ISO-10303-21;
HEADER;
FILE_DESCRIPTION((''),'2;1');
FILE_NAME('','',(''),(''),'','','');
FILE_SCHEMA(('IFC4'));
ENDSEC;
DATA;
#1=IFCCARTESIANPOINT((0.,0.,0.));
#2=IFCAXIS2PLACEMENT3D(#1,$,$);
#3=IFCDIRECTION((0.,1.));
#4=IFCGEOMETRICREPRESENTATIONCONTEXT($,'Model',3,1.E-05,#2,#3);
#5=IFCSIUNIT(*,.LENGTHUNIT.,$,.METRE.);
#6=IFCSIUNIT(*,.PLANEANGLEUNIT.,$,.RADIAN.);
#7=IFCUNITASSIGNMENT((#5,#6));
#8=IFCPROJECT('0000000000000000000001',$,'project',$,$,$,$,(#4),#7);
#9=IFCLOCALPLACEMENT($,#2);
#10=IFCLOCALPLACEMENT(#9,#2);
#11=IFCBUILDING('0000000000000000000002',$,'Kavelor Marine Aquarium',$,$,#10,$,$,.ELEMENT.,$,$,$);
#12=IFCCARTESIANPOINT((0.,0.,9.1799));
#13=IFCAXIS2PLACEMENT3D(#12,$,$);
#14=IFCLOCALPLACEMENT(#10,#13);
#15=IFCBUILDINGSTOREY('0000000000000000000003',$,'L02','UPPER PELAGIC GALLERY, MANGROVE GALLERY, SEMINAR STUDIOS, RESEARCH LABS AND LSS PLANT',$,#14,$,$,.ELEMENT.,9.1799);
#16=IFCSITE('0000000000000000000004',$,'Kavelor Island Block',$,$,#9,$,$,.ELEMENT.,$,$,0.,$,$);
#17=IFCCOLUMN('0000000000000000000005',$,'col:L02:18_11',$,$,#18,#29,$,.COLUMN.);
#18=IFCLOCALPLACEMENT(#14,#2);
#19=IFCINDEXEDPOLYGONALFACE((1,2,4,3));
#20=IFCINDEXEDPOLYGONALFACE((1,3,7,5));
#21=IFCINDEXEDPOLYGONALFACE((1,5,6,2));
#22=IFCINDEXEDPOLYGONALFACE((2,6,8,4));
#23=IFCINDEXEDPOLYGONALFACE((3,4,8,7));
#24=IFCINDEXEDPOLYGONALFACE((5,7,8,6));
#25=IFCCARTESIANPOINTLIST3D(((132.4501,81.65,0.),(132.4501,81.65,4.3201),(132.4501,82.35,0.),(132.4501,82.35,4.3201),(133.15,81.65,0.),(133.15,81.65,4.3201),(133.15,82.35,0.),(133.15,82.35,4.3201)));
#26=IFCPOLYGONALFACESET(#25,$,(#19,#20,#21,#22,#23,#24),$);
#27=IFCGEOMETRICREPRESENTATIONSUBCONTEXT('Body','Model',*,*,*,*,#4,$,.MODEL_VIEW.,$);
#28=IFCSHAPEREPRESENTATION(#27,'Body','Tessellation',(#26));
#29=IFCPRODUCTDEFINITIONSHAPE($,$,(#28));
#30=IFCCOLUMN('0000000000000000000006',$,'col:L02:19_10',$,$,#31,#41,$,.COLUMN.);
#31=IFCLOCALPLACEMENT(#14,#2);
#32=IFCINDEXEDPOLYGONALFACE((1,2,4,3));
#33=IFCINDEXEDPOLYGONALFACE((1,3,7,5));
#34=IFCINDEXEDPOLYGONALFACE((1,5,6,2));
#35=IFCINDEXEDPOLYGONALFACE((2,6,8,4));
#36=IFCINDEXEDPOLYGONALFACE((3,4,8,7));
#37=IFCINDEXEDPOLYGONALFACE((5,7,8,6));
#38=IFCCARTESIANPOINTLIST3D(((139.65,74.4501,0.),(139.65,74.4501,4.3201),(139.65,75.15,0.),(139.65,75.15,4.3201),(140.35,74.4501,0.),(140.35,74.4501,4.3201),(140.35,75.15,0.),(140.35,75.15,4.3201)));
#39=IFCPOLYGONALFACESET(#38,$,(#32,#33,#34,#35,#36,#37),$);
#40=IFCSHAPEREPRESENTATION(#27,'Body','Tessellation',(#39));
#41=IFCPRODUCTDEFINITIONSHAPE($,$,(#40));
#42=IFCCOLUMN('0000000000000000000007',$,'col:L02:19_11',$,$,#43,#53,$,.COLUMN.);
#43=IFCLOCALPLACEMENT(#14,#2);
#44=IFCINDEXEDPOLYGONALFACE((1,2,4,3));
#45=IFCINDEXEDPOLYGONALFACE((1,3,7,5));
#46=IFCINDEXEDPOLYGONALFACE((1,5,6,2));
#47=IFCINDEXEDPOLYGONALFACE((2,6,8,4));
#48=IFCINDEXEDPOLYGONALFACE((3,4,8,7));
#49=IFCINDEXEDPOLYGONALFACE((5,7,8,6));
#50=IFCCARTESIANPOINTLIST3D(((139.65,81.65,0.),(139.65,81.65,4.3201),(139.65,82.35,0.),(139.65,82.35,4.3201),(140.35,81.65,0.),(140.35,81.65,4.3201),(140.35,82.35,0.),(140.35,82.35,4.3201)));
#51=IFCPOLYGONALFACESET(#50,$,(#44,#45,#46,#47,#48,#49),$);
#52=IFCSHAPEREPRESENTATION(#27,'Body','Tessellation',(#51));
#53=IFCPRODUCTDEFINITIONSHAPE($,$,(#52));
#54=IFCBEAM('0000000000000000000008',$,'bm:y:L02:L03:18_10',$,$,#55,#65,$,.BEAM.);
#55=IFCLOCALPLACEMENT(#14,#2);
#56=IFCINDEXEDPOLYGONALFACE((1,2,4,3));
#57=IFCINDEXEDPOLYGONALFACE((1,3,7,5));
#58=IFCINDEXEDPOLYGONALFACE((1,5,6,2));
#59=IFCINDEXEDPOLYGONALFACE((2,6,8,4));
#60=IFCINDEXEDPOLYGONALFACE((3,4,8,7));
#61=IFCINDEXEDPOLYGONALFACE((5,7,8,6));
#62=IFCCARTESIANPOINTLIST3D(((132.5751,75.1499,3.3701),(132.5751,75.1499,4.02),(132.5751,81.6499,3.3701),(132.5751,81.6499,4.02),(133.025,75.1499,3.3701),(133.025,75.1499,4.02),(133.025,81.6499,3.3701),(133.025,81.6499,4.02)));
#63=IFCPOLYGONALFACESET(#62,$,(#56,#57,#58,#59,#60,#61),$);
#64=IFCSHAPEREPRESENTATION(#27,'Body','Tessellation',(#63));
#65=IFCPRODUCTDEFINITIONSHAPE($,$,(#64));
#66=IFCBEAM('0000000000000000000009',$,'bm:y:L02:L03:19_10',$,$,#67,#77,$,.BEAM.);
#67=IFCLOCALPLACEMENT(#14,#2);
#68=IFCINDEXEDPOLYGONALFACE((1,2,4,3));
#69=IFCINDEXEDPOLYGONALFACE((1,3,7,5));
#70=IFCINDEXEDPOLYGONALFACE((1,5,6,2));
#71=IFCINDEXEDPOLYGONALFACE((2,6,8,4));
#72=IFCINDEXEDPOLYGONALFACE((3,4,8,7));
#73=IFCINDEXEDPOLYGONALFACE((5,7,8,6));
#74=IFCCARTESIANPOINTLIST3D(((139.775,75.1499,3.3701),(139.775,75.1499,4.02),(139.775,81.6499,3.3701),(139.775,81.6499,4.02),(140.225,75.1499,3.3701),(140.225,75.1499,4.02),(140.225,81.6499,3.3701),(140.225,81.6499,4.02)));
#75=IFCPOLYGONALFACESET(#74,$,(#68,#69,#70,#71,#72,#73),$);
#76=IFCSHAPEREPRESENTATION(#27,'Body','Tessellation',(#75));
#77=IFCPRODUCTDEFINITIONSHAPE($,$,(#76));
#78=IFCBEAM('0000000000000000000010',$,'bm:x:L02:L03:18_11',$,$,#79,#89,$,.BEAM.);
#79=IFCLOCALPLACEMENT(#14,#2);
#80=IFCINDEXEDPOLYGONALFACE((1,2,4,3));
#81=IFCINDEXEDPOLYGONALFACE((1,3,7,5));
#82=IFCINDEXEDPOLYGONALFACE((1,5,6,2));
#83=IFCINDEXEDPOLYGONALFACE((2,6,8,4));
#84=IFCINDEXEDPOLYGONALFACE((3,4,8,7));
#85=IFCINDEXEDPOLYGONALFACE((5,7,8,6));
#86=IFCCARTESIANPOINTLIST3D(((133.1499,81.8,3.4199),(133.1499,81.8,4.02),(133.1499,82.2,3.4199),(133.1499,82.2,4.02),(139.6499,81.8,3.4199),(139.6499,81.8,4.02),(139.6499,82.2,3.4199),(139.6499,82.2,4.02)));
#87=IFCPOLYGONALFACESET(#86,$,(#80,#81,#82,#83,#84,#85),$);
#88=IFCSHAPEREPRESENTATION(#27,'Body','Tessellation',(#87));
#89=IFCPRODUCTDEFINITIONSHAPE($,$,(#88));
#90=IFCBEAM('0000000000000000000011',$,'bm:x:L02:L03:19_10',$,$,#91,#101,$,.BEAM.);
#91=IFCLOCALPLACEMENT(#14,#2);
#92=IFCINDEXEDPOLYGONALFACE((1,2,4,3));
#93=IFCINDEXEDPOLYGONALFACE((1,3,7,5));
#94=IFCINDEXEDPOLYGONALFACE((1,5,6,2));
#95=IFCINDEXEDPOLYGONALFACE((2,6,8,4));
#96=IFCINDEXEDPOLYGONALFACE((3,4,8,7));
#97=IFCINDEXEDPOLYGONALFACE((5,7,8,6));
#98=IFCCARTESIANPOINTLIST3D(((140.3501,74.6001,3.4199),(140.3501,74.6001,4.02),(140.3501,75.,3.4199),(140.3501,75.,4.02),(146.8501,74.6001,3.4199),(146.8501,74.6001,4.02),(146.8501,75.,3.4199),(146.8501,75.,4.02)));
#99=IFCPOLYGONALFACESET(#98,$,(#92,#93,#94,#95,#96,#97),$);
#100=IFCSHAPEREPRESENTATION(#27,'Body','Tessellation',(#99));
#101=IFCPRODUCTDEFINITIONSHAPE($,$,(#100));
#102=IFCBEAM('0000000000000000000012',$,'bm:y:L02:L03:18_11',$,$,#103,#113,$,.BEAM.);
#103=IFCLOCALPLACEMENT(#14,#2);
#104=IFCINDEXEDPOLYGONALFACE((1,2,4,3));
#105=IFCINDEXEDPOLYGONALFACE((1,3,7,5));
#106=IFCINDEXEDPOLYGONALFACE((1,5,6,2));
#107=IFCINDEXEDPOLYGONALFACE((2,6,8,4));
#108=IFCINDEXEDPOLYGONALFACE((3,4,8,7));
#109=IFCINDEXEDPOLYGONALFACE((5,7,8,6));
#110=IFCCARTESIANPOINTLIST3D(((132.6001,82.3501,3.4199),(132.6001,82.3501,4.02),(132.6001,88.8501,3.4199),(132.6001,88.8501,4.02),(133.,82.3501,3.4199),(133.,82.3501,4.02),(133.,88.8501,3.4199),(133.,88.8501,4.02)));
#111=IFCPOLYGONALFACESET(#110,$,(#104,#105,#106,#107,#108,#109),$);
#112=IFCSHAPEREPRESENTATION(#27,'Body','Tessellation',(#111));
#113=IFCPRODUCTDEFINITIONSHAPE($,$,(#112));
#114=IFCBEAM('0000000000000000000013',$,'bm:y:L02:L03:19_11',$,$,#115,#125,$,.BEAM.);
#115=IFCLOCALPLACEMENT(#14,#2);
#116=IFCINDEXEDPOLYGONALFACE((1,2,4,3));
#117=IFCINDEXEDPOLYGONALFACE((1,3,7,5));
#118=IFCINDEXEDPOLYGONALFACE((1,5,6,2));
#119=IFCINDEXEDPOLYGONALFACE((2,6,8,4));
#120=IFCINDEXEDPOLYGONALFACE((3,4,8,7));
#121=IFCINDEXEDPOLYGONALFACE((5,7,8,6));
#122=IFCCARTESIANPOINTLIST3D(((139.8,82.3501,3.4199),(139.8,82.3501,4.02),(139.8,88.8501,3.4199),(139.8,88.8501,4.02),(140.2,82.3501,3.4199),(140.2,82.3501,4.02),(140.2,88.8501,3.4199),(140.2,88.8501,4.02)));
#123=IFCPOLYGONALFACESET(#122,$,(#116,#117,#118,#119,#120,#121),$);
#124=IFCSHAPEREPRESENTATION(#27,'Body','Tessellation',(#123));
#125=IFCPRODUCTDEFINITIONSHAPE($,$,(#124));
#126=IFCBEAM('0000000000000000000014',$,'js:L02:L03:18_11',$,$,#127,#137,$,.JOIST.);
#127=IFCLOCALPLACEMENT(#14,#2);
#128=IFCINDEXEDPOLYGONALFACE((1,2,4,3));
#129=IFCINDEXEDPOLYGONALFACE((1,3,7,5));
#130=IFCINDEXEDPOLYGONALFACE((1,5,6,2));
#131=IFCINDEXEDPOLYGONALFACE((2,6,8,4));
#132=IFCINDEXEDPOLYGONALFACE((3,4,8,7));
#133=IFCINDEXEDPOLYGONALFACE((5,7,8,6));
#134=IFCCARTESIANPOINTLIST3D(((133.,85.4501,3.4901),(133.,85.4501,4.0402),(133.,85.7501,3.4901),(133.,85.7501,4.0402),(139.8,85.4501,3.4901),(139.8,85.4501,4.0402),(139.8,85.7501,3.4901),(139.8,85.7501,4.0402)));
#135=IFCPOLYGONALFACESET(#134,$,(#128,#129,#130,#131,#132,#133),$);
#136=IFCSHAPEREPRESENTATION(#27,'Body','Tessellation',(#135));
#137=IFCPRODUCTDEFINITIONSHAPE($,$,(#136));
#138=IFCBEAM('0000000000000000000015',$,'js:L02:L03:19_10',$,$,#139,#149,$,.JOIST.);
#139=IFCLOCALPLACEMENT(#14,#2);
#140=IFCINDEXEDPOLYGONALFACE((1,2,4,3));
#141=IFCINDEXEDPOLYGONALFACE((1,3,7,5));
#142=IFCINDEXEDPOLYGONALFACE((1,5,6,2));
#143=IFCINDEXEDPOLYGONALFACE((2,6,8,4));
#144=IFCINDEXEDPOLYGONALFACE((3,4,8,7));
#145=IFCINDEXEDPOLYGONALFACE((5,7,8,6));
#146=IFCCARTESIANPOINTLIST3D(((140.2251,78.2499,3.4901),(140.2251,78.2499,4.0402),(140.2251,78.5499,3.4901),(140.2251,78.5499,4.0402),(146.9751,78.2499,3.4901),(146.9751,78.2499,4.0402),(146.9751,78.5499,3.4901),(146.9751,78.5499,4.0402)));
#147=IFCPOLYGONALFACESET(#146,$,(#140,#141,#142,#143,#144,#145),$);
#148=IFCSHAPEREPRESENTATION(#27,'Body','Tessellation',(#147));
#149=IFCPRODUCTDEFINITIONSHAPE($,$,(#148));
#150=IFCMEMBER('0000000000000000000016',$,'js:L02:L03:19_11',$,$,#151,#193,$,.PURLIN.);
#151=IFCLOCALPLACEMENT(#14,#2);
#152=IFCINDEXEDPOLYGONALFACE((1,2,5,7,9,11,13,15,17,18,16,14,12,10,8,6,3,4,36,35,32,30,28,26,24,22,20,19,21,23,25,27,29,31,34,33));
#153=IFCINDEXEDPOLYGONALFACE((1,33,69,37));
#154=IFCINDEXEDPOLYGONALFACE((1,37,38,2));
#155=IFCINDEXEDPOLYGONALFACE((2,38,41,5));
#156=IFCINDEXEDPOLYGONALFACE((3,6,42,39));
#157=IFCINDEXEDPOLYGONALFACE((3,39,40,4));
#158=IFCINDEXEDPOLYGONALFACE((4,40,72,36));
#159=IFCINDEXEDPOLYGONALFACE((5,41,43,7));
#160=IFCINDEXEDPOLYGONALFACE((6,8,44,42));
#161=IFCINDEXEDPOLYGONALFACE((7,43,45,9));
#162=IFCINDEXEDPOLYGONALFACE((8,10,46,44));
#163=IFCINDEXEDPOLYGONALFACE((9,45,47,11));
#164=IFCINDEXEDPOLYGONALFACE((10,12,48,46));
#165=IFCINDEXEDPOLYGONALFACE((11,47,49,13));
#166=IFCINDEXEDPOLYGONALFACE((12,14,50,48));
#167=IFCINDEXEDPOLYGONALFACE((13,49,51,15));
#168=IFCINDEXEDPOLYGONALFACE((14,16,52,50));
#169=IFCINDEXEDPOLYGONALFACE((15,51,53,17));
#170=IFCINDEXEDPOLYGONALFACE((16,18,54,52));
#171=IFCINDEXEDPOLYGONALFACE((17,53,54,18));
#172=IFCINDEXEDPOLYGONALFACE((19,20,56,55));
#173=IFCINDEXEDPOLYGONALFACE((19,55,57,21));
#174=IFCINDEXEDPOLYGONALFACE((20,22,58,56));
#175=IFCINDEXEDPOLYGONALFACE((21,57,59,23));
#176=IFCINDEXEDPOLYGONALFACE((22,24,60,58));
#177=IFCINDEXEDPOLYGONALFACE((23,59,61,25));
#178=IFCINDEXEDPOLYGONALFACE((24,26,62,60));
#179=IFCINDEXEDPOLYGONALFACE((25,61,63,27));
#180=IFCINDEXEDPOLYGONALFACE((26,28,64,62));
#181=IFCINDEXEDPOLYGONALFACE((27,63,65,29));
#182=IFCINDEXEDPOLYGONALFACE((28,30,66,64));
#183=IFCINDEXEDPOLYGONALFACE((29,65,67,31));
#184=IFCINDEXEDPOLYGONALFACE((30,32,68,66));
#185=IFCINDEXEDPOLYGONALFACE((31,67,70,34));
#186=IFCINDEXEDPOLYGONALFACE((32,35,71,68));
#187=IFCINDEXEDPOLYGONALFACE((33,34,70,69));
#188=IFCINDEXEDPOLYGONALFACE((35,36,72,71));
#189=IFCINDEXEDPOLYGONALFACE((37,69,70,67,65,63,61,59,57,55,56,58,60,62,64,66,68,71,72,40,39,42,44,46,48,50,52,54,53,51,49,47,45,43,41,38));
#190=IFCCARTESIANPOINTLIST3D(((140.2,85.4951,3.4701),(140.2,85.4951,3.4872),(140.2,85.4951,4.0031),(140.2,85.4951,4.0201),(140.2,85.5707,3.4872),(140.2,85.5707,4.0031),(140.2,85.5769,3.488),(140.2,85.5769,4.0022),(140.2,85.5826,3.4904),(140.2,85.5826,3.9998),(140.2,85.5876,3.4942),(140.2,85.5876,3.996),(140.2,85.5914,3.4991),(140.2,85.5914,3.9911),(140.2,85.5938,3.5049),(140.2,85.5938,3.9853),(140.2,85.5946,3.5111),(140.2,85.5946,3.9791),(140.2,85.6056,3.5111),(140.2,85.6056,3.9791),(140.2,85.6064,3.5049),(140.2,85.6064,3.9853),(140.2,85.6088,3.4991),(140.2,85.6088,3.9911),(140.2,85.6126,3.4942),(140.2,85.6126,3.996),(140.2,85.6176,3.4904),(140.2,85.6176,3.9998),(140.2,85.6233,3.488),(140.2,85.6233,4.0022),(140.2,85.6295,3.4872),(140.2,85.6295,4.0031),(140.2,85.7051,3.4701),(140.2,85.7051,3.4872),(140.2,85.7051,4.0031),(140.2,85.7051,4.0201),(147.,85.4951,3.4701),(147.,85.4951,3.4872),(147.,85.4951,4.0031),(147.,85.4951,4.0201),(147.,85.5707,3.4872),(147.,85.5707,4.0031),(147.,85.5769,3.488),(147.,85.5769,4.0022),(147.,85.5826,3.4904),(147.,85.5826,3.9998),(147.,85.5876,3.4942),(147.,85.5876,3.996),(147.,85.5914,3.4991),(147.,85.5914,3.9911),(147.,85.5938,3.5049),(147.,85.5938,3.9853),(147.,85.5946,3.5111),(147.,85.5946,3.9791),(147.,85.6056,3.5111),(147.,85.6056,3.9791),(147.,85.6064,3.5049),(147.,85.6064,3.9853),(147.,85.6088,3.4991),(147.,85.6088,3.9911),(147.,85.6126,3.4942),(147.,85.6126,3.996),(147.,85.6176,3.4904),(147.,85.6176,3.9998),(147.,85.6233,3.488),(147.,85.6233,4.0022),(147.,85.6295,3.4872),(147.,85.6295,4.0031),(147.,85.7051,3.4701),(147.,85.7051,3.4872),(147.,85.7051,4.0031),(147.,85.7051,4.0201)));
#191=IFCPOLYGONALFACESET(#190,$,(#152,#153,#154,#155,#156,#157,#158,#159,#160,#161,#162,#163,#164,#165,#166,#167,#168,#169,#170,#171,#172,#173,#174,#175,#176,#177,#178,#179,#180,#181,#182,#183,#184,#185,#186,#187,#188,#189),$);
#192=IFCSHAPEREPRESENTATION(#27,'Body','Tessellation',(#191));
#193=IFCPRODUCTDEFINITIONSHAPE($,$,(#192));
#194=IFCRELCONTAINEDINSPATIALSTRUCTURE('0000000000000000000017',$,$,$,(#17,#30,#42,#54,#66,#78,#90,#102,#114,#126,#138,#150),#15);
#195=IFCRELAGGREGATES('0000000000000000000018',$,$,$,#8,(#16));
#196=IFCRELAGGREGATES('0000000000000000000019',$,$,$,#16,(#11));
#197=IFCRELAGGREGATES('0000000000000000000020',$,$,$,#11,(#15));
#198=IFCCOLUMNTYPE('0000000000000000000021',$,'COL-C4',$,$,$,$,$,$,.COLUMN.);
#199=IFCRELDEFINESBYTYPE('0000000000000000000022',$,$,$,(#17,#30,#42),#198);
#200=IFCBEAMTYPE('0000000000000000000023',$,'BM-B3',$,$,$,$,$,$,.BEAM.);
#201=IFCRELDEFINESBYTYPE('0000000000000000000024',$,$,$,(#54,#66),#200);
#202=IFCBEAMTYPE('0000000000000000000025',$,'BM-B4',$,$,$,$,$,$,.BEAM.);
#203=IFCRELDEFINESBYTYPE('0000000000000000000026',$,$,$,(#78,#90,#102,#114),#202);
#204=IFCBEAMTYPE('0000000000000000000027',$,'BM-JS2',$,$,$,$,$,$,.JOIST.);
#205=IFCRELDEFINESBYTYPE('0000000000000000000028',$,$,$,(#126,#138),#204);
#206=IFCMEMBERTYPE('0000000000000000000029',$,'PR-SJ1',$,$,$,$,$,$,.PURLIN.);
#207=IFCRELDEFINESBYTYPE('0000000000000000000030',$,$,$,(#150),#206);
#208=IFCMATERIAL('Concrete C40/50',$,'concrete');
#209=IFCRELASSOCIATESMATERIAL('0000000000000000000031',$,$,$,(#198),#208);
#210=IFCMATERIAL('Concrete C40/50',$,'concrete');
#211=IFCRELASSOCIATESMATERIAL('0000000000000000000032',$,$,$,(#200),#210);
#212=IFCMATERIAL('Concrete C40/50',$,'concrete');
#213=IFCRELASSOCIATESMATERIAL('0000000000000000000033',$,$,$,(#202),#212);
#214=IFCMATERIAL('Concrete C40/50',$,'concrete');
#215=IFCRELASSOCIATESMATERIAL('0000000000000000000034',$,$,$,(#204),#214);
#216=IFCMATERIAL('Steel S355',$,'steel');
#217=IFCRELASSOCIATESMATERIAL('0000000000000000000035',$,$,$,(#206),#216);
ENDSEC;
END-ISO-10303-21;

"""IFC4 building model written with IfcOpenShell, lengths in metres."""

from ifc_helpers import new_model, si_unit, direction, frame, origin, origin_2d, place, context, subcontext, project, spatial, rectangle, i_section, extrude, material, material_profile, profile_set, type_object, element, save


model = new_model("IFC4")

# Units and contexts
model_context = context("Model", 3, precision=1e-05, world=origin(), true_north=direction((0.0, 1.0)))
body_context = subcontext(model_context, "Body", "Model", "MODEL_VIEW")
ifc_project = project(units=[si_unit("LENGTHUNIT", "METRE"), si_unit("PLANEANGLEUNIT", "RADIAN")], contexts=[model_context])

# Site, building, storey
site_placement = place(None, origin())
site = spatial("IfcSite", under=ifc_project, at=site_placement, Name="Kavelor Island Block", CompositionType="ELEMENT", RefElevation=0.0)
building_placement = place(site_placement, origin())
building = spatial("IfcBuilding", under=site, at=building_placement, Name="Kavelor Marine Aquarium", CompositionType="ELEMENT")
storey_placement = place(building_placement, frame((0.0, 0.0, 9.1799)))
storey = spatial("IfcBuildingStorey", under=building, at=storey_placement, Name="L02", Description="UPPER PELAGIC GALLERY, MANGROVE GALLERY, SEMINAR STUDIOS, RESEARCH LABS AND LSS PLANT", CompositionType="ELEMENT", Elevation=9.1799)

# Columns
ifc_material_1 = material(Name="Concrete C40/50", Category="concrete")
ifc_material_profile_1 = material_profile(ifc_material_1, rectangle(XDim=0.7, YDim=0.7, at=origin_2d()), Name="RC-COL 700x700")
ifc_profile_set_1 = profile_set([ifc_material_profile_1], Name="Concrete C40/50")
column_type = type_object("IfcColumnType", Name="COL-C4", PredefinedType="COLUMN", material=ifc_profile_set_1)
for number, where, z_axis, x_axis, name in (
    (1, (132.8, 82.0, 0.0), (0.0, 0.0, 1.0), (1.0, 0.0, 0.0), "col:L02:18_11"),
    (2, (140.0, 74.8, 0.0), (0.0, 0.0, 1.0), (1.0, 0.0, 0.0), "col:L02:19_10"),
    (3, (140.0, 82.0, 0.0), (0.0, 0.0, 1.0), (1.0, 0.0, 0.0), "col:L02:19_11"),
):
    element("IfcColumn", number, at=place(storey_placement, frame(where, z_axis=z_axis, x_axis=x_axis)), inside=storey, type_object=column_type, Name=name, PredefinedType="COLUMN", context=body_context, shape_type="SweptSolid", body=[
        extrude(rectangle(XDim=0.7, YDim=0.7, at=origin_2d()), origin(), (0.0, 0.0, 1.0), 4.3201),
    ])

# Beams
ifc_material_2 = material(Name="Concrete C40/50", Category="concrete")
ifc_material_profile_2 = material_profile(ifc_material_2, rectangle(XDim=0.45, YDim=0.6499, at=origin_2d()), Name="RC-BM 450x650")
ifc_profile_set_2 = profile_set([ifc_material_profile_2], Name="Concrete C40/50")
beam_type_1 = type_object("IfcBeamType", Name="BM-B3", PredefinedType="BEAM", material=ifc_profile_set_2)
for number, where, z_axis, x_axis, name in (
    (4, (132.8, 75.1499, 3.6951), (0.0, 1.0, 0.0), (-1.0, 0.0, 0.0), "bm:y:L02:L03:18_10"),
    (5, (140.0, 75.1499, 3.6951), (0.0, 1.0, 0.0), (-1.0, 0.0, 0.0), "bm:y:L02:L03:19_10"),
):
    element("IfcBeam", number, at=place(storey_placement, frame(where, z_axis=z_axis, x_axis=x_axis)), inside=storey, type_object=beam_type_1, Name=name, PredefinedType="BEAM", context=body_context, shape_type="SweptSolid", body=[
        extrude(rectangle(XDim=0.45, YDim=0.6499, at=origin_2d()), origin(), (0.0, 0.0, 1.0), 6.5),
    ])
ifc_material_3 = material(Name="Concrete C40/50", Category="concrete")
ifc_material_profile_3 = material_profile(ifc_material_3, rectangle(XDim=0.3999, YDim=0.6001, at=origin_2d()), Name="RC-BM 400x600")
ifc_profile_set_3 = profile_set([ifc_material_profile_3], Name="Concrete C40/50")
beam_type_2 = type_object("IfcBeamType", Name="BM-B4", PredefinedType="BEAM", material=ifc_profile_set_3)
for number, where, z_axis, x_axis, name in (
    (6, (133.1499, 82.0, 3.72), (1.0, 0.0, 0.0), (0.0, 1.0, 0.0), "bm:x:L02:L03:18_11"),
    (7, (140.3501, 74.8, 3.72), (1.0, 0.0, 0.0), (0.0, 1.0, 0.0), "bm:x:L02:L03:19_10"),
    (8, (132.8, 82.3501, 3.72), (0.0, 1.0, 0.0), (-1.0, 0.0, 0.0), "bm:y:L02:L03:18_11"),
    (9, (140.0, 82.3501, 3.72), (0.0, 1.0, 0.0), (-1.0, 0.0, 0.0), "bm:y:L02:L03:19_11"),
):
    element("IfcBeam", number, at=place(storey_placement, frame(where, z_axis=z_axis, x_axis=x_axis)), inside=storey, type_object=beam_type_2, Name=name, PredefinedType="BEAM", context=body_context, shape_type="SweptSolid", body=[
        extrude(rectangle(XDim=0.3999, YDim=0.6001, at=origin_2d()), origin(), (0.0, 0.0, 1.0), 6.5),
    ])
ifc_material_4 = material(Name="Concrete C40/50", Category="concrete")
ifc_material_profile_4 = material_profile(ifc_material_4, rectangle(XDim=0.3, YDim=0.55, at=origin_2d()), Name="RC-JS 300x550")
ifc_profile_set_4 = profile_set([ifc_material_profile_4], Name="Concrete C40/50")
beam_type_3 = type_object("IfcBeamType", Name="BM-JS2", PredefinedType="JOIST", material=ifc_profile_set_4)
beam_1_placement = place(storey_placement, frame((133.0, 85.6001, 3.7651), z_axis=(1.0, 0.0, 0.0), x_axis=(0.0, 1.0, 0.0)))
element("IfcBeam", 10, at=beam_1_placement, inside=storey, type_object=beam_type_3, Name="js:L02:L03:18_11", PredefinedType="JOIST", context=body_context, shape_type="SweptSolid", body=[
    extrude(rectangle(XDim=0.3, YDim=0.55, at=origin_2d()), origin(), (0.0, 0.0, 1.0), 6.8),
])
beam_2_placement = place(storey_placement, frame((140.2251, 78.3999, 3.7651), z_axis=(1.0, 0.0, 0.0), x_axis=(0.0, 1.0, 0.0)))
element("IfcBeam", 11, at=beam_2_placement, inside=storey, type_object=beam_type_3, Name="js:L02:L03:19_10", PredefinedType="JOIST", context=body_context, shape_type="SweptSolid", body=[
    extrude(rectangle(XDim=0.3, YDim=0.55, at=origin_2d()), origin(), (0.0, 0.0, 1.0), 6.75),
])

# Member
ifc_material_5 = material(Name="Steel S355", Category="steel")
ifc_material_profile_5 = material_profile(ifc_material_5, i_section(OverallWidth=0.21, OverallDepth=0.55, WebThickness=0.011, FlangeThickness=0.0171, FilletRadius=0.0239, at=origin_2d()), Name="IPE 550")
ifc_profile_set_5 = profile_set([ifc_material_profile_5], Name="Steel S355")
member_type_1 = type_object("IfcMemberType", Name="PR-SJ1", PredefinedType="PURLIN", material=ifc_profile_set_5)
member_1_placement = place(storey_placement, frame((140.2, 85.6001, 3.7451), z_axis=(1.0, 0.0, 0.0), x_axis=(0.0, 1.0, 0.0)))
element("IfcMember", 12, at=member_1_placement, inside=storey, type_object=member_type_1, Name="js:L02:L03:19_11", PredefinedType="PURLIN", context=body_context, shape_type="SweptSolid", body=[
    extrude(i_section(OverallWidth=0.21, OverallDepth=0.55, WebThickness=0.011, FlangeThickness=0.0171, FilletRadius=0.0239, at=origin_2d()), origin(), (0.0, 0.0, 1.0), 6.8),
])

save(model, "model.ifc")
